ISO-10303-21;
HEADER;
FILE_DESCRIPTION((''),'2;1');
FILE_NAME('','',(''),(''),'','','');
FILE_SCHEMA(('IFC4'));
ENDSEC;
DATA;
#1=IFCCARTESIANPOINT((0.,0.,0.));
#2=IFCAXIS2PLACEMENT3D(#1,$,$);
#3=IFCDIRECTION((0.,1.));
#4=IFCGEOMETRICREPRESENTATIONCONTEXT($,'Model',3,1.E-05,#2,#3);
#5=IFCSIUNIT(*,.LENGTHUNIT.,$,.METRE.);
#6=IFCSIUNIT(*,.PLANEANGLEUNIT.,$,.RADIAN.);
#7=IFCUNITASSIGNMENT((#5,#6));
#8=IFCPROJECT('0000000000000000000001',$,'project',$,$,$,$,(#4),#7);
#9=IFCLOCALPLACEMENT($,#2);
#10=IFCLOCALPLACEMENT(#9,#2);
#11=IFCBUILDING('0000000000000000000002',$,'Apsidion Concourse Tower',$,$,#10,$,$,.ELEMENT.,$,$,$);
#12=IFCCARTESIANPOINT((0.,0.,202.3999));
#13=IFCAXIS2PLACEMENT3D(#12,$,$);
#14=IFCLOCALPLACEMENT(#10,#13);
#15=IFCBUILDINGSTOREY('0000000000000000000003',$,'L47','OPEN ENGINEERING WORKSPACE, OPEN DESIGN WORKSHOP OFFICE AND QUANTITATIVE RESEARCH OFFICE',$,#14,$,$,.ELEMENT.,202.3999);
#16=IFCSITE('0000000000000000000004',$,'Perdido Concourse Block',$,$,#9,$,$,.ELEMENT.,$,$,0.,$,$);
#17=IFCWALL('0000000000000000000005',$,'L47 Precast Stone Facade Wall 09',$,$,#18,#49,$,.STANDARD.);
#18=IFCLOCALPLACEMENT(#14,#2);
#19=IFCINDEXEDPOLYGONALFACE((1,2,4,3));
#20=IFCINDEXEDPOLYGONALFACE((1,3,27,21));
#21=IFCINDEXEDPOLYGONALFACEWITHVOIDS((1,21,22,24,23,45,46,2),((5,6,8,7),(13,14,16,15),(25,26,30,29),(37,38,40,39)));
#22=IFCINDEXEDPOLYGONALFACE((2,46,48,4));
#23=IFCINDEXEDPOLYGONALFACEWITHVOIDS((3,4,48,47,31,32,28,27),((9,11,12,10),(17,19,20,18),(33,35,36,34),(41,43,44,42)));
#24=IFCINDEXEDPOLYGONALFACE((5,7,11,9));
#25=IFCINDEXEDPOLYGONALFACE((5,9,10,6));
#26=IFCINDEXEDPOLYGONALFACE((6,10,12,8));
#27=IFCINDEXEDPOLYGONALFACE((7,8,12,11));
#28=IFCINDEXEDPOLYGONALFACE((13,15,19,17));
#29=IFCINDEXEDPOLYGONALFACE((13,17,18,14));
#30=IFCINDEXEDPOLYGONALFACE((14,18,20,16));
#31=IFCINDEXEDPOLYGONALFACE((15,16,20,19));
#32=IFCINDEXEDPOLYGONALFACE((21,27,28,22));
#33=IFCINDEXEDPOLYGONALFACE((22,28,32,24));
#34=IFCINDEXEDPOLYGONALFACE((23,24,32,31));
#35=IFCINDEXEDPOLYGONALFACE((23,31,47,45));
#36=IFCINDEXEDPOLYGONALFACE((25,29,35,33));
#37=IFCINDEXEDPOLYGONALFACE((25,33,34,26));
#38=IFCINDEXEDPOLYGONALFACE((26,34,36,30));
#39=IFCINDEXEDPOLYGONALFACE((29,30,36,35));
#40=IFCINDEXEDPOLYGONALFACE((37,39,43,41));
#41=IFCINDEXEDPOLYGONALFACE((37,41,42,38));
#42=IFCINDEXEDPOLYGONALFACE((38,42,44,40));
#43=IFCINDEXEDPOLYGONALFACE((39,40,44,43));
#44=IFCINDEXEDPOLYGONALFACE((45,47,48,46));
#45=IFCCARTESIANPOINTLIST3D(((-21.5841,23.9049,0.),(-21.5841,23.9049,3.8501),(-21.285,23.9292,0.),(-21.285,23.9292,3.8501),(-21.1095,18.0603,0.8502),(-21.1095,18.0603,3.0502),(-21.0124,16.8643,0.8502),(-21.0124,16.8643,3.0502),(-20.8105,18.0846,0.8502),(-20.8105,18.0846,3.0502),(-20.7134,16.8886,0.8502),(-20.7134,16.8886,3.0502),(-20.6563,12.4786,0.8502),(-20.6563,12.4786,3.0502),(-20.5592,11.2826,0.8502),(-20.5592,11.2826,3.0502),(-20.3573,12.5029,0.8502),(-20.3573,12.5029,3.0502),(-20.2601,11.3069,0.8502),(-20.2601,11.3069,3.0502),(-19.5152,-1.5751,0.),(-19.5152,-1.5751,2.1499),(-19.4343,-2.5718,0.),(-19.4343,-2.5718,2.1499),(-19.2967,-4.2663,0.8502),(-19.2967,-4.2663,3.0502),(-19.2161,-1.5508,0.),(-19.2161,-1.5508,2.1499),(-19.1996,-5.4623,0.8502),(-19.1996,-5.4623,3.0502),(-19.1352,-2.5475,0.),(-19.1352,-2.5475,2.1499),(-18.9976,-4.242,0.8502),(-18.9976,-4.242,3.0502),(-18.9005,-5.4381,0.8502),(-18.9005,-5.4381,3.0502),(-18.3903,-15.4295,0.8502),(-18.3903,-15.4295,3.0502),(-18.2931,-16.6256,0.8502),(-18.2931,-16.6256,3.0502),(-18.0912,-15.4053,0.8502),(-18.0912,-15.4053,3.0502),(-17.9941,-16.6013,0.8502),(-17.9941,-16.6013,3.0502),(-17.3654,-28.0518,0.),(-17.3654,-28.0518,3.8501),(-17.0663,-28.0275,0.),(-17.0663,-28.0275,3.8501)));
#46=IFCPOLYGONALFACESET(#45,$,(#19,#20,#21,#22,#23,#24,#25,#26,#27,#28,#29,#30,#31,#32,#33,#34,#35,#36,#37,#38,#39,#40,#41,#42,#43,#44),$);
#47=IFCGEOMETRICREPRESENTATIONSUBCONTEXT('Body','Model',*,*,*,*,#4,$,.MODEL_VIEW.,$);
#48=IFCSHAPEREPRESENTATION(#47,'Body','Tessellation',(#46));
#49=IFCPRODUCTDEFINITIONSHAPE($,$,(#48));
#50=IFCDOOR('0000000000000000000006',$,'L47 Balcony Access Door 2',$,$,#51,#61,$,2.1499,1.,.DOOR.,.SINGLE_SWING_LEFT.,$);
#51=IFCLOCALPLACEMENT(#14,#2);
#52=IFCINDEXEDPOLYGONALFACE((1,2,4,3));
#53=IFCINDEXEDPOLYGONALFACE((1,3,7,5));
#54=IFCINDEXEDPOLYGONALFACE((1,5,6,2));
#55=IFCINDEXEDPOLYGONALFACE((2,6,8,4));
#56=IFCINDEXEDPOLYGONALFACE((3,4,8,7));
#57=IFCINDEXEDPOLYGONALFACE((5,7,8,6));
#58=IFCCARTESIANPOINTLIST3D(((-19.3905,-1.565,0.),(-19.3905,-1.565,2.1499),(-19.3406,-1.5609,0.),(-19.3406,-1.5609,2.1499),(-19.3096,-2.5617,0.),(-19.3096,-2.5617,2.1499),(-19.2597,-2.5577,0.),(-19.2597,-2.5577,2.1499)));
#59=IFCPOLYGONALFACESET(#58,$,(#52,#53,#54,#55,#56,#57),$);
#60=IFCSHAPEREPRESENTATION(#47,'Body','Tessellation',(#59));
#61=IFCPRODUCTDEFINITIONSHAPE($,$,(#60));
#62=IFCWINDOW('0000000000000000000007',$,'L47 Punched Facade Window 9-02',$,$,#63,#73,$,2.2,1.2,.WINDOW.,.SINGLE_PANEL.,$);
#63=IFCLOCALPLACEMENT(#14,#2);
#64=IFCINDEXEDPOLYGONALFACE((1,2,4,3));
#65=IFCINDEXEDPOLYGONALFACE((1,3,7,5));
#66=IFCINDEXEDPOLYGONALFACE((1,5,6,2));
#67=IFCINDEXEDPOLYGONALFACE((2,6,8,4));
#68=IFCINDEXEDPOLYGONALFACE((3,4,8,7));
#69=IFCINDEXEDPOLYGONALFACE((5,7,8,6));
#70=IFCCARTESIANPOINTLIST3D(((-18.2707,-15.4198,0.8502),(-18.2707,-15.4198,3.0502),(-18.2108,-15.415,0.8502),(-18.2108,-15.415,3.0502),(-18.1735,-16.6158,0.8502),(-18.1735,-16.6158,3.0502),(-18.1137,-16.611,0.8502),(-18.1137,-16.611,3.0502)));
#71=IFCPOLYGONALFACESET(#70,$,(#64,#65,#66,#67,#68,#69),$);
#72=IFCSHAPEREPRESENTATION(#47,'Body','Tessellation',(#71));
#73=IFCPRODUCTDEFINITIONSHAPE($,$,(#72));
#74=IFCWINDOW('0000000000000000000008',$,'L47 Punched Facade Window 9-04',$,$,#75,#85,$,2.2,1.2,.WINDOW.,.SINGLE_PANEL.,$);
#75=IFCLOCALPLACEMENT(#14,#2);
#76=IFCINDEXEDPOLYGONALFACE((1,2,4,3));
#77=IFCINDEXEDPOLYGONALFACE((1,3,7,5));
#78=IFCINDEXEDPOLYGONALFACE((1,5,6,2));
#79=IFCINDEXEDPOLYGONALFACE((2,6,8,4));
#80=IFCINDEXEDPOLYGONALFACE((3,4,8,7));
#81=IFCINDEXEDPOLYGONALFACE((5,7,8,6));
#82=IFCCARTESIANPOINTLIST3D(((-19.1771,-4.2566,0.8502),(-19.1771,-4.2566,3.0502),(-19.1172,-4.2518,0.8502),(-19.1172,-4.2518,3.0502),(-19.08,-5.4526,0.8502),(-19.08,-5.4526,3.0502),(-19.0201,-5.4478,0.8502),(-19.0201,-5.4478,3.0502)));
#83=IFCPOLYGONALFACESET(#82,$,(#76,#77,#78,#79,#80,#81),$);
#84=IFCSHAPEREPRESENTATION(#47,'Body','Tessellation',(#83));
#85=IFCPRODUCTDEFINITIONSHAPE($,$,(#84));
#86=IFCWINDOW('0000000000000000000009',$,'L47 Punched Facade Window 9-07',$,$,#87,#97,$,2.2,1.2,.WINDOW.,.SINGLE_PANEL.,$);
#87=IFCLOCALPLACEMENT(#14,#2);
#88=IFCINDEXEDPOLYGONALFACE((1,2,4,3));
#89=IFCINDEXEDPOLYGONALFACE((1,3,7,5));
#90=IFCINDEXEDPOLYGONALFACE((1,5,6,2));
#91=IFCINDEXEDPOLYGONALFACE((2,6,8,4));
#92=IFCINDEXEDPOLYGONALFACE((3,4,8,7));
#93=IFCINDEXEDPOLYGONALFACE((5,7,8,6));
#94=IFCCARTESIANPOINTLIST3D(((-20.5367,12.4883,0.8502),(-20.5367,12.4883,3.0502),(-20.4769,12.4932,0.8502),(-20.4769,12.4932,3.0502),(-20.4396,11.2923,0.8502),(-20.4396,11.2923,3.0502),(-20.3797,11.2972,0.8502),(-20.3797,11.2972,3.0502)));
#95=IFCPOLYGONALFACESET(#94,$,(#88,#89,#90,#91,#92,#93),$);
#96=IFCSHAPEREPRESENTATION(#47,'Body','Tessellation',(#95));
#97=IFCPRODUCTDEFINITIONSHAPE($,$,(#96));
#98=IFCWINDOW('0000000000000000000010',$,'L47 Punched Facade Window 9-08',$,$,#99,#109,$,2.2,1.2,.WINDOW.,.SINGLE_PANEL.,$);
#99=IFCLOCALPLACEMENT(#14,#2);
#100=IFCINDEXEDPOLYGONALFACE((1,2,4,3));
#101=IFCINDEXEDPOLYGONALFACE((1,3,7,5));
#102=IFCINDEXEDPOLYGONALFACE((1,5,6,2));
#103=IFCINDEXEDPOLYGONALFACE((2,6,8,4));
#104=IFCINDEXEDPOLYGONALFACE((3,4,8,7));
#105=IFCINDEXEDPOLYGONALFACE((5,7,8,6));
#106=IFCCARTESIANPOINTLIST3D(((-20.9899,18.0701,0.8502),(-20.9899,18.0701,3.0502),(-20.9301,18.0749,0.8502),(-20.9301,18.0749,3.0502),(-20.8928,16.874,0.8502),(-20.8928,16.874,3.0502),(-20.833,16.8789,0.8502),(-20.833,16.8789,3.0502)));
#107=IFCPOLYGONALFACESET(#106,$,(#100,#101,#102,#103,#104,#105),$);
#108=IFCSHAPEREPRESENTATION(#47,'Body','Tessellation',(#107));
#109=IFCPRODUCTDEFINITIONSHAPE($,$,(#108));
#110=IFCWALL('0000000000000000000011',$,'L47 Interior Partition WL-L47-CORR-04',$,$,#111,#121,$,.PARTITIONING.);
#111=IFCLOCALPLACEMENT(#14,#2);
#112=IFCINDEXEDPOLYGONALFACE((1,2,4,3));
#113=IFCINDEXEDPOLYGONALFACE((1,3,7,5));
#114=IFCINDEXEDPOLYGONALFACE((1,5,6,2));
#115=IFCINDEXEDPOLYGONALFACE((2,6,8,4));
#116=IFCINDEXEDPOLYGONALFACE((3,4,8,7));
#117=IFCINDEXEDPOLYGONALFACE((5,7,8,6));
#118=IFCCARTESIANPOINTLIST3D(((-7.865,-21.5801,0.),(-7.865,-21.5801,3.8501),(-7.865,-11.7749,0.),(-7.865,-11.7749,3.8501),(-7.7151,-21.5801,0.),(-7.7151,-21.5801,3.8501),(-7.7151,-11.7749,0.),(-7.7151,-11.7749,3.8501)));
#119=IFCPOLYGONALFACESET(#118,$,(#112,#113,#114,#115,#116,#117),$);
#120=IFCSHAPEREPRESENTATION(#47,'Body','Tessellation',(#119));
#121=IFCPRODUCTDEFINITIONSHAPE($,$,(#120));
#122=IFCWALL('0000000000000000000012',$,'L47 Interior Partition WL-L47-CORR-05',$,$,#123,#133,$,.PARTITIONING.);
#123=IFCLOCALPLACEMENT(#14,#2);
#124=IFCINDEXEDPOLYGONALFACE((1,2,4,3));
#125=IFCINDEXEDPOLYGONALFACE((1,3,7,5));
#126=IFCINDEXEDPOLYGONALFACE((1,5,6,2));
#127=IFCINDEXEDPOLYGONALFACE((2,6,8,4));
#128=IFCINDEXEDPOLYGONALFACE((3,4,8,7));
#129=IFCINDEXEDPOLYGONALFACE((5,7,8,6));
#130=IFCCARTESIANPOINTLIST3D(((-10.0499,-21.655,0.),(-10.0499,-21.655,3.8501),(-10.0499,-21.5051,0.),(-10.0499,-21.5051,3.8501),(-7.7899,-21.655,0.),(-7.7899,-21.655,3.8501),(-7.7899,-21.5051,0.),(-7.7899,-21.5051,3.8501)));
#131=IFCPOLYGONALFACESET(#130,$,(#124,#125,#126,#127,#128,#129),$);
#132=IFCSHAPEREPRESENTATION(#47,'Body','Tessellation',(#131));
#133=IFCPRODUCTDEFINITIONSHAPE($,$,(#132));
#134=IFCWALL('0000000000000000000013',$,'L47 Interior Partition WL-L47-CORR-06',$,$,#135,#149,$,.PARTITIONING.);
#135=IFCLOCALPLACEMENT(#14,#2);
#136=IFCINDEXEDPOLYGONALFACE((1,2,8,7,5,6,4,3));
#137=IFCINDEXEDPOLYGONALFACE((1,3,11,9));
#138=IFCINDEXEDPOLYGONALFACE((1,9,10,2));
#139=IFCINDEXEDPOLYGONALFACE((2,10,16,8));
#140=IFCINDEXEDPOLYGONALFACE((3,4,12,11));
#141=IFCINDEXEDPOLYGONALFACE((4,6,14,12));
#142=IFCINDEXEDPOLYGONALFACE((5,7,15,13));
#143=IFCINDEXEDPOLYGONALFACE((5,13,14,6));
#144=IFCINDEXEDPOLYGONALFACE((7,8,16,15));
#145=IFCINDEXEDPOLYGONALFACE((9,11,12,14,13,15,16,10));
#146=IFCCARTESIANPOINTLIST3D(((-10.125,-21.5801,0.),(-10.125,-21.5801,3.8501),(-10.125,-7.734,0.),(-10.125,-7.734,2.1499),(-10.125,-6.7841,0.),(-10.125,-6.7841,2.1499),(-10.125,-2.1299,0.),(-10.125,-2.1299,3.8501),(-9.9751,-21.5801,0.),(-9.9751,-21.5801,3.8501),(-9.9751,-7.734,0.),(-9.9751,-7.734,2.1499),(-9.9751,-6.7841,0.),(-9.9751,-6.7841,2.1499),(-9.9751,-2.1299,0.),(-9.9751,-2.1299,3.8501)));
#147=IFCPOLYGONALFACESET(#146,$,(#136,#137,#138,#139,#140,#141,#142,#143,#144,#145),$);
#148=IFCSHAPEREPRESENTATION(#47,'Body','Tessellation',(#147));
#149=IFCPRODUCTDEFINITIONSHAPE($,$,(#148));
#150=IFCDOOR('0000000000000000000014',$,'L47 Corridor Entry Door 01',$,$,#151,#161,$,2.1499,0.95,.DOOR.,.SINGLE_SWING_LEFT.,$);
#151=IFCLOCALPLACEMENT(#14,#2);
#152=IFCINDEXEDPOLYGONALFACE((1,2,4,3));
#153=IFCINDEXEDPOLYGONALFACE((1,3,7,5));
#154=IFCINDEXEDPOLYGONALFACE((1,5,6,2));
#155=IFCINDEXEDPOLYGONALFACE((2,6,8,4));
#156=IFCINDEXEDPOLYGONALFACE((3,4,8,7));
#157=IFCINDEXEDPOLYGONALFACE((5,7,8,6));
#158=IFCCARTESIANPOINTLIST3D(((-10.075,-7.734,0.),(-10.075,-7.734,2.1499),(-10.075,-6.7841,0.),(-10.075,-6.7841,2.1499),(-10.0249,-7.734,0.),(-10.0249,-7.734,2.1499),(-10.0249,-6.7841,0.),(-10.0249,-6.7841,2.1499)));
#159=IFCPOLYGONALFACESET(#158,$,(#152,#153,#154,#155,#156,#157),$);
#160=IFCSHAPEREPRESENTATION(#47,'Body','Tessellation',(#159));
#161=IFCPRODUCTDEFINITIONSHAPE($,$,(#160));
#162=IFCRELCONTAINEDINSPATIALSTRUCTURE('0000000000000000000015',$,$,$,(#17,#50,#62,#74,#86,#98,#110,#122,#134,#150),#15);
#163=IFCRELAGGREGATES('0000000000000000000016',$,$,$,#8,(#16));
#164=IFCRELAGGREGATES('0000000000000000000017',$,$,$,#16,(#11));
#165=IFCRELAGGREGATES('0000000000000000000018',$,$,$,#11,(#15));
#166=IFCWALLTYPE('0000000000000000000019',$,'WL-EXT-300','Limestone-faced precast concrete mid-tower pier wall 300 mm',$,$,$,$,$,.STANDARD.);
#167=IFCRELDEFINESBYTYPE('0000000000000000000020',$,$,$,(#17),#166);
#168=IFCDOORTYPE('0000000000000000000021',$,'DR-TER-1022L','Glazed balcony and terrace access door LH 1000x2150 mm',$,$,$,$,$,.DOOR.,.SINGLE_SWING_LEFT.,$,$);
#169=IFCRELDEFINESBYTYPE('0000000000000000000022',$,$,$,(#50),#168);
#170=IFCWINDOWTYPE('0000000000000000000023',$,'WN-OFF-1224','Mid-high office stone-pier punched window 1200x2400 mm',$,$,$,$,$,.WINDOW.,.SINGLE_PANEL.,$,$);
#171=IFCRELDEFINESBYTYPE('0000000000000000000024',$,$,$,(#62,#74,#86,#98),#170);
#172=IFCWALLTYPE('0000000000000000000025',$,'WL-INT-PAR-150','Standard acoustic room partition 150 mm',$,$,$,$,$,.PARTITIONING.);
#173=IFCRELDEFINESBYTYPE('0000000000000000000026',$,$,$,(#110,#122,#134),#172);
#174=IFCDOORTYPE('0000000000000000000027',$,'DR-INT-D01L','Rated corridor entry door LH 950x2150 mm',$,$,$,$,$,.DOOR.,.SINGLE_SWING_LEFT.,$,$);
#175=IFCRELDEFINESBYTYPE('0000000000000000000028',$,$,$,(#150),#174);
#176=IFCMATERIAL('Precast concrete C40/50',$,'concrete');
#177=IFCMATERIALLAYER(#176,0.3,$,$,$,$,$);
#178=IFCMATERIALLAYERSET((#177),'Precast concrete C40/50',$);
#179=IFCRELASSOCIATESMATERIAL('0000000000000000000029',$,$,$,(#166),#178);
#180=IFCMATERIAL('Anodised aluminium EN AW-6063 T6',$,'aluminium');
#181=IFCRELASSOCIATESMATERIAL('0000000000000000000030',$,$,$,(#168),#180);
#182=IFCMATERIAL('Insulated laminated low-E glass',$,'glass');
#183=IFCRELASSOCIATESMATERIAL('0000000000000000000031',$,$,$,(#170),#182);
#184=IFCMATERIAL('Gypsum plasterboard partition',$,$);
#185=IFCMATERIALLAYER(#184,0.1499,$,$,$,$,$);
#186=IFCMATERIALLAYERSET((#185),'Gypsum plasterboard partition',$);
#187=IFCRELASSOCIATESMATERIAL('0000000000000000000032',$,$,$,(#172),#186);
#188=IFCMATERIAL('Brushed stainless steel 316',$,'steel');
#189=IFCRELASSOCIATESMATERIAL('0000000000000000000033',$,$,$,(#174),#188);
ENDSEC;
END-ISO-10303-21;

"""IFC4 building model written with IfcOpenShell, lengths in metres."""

from ifc_helpers import new_model, si_unit, direction, frame, frame_2d, origin, place, context, subcontext, project, spatial, rectangle, extrude, material, layer, layer_set, type_object, element, fill, save


model = new_model("IFC4")

# Units and contexts
model_context = context("Model", 3, precision=1e-05, world=origin(), true_north=direction((0.0, 1.0)))
body_context = subcontext(model_context, "Body", "Model", "MODEL_VIEW")
ifc_project = project(units=[si_unit("LENGTHUNIT", "METRE"), si_unit("PLANEANGLEUNIT", "RADIAN")], contexts=[model_context])

# Site, building, storey
site_placement = place(None, origin())
site = spatial("IfcSite", under=ifc_project, at=site_placement, Name="Perdido Concourse Block", CompositionType="ELEMENT", RefElevation=0.0)
building_placement = place(site_placement, origin())
building = spatial("IfcBuilding", under=site, at=building_placement, Name="Apsidion Concourse Tower", CompositionType="ELEMENT")
storey_placement = place(building_placement, frame((0.0, 0.0, 202.3999)))
storey = spatial("IfcBuildingStorey", under=building, at=storey_placement, Name="L47", Description="OPEN ENGINEERING WORKSPACE, OPEN DESIGN WORKSHOP OFFICE AND QUANTITATIVE RESEARCH OFFICE", CompositionType="ELEMENT", Elevation=202.3999)

# Shared definitions
ifc_material_1 = material(Name="Precast concrete C40/50", Category="concrete")
ifc_layer_1 = layer(ifc_material_1, 0.3)
ifc_layer_set_1 = layer_set([ifc_layer_1], Name="Precast concrete C40/50")
wall_type_1 = type_object("IfcWallType", Name="WL-EXT-300", Description="Limestone-faced precast concrete mid-tower pier wall 300 mm", PredefinedType="STANDARD", material=ifc_layer_set_1)

# Wall, openings, door, windows
wall_1_placement = place(storey_placement, frame((-17.2158, -28.0398, 0.0), z_axis=(0.0, 0.0, 1.0), x_axis=(-0.080931, 0.99672, 0.0)))
wall_1 = element("IfcWall", 1, at=wall_1_placement, inside=storey, type_object=wall_type_1, Name="L47 Precast Stone Facade Wall 09", PredefinedType="STANDARD", context=body_context, shape_type="SweptSolid", body=[
    extrude(rectangle(XDim=52.1277, YDim=0.3, at=frame_2d((26.064, 0.0))), origin(), (0.0, 0.0, 1.0), 3.8501),
])
opening_1_placement = place(wall_1_placement, frame((25.564, 0.0, 0.0)))
opening_1 = element("IfcOpeningElement", 2, at=opening_1_placement, cuts=wall_1, PredefinedType="OPENING", context=body_context, shape_type="SweptSolid", body=[
    extrude(rectangle(XDim=1.0, YDim=2.1499, at=frame_2d((0.5, 1.075))), frame((0.0, 0.1602, 0.0), z_axis=(0.0, -1.0, 0.0), x_axis=(1.0, 0.0, 0.0)), (0.0, 0.0, 1.0), 0.3201),
])
opening_2_placement = place(wall_1_placement, frame((11.4639, 0.0, 0.8501)))
opening_2 = element("IfcOpeningElement", 3, at=opening_2_placement, cuts=wall_1, PredefinedType="OPENING", context=body_context, shape_type="SweptSolid", body=[
    extrude(rectangle(XDim=1.2, YDim=2.2, at=frame_2d((0.6001, 1.1001))), frame((0.0, 0.1602, 0.0), z_axis=(0.0, -1.0, 0.0), x_axis=(1.0, 0.0, 0.0)), (0.0, 0.0, 1.0), 0.3201),
])
opening_3_placement = place(wall_1_placement, frame((22.6638, 0.0, 0.8501)))
opening_3 = element("IfcOpeningElement", 4, at=opening_3_placement, cuts=wall_1, PredefinedType="OPENING", context=body_context, shape_type="SweptSolid", body=[
    extrude(rectangle(XDim=1.2, YDim=2.2, at=frame_2d((0.6001, 1.1001))), frame((0.0, 0.1602, 0.0), z_axis=(0.0, -1.0, 0.0), x_axis=(1.0, 0.0, 0.0)), (0.0, 0.0, 1.0), 0.3201),
])
opening_4_placement = place(wall_1_placement, frame((39.4639, 0.0, 0.8501)))
opening_4 = element("IfcOpeningElement", 5, at=opening_4_placement, cuts=wall_1, PredefinedType="OPENING", context=body_context, shape_type="SweptSolid", body=[
    extrude(rectangle(XDim=1.2, YDim=2.2, at=frame_2d((0.6001, 1.1001))), frame((0.0, 0.1602, 0.0), z_axis=(0.0, -1.0, 0.0), x_axis=(1.0, 0.0, 0.0)), (0.0, 0.0, 1.0), 0.3201),
])
opening_5_placement = place(wall_1_placement, frame((45.064, 0.0, 0.8501)))
opening_5 = element("IfcOpeningElement", 6, at=opening_5_placement, cuts=wall_1, PredefinedType="OPENING", context=body_context, shape_type="SweptSolid", body=[
    extrude(rectangle(XDim=1.2, YDim=2.2, at=frame_2d((0.6001, 1.1001))), frame((0.0, 0.1602, 0.0), z_axis=(0.0, -1.0, 0.0), x_axis=(1.0, 0.0, 0.0)), (0.0, 0.0, 1.0), 0.3201),
])
ifc_material_2 = material(Name="Anodised aluminium EN AW-6063 T6", Category="aluminium")
door_type_1 = type_object("IfcDoorType", Name="DR-TER-1022L", Description="Glazed balcony and terrace access door LH 1000x2150 mm", OperationType="SINGLE_SWING_LEFT", PredefinedType="DOOR", material=ifc_material_2)
door_1_placement = place(opening_1_placement, origin())
door_1 = element("IfcDoor", 7, at=door_1_placement, inside=storey, type_object=door_type_1, Name="L47 Balcony Access Door 2", OperationType="SINGLE_SWING_LEFT", OverallHeight=2.1499, OverallWidth=1.0, PredefinedType="DOOR", context=body_context, shape_type="SweptSolid", body=[
    extrude(rectangle(XDim=1.0, YDim=2.1499, at=frame_2d((0.5, 1.075))), frame((0.0, 0.0249, 0.0), z_axis=(0.0, -1.0, 0.0), x_axis=(1.0, 0.0, 0.0)), (0.0, 0.0, 1.0), 0.05),
])
fill(opening_1, door_1)
ifc_material_3 = material(Name="Insulated laminated low-E glass", Category="glass")
window_type = type_object("IfcWindowType", Name="WN-OFF-1224", Description="Mid-high office stone-pier punched window 1200x2400 mm", PartitioningType="SINGLE_PANEL", PredefinedType="WINDOW", material=ifc_material_3)
window_1_placement = place(opening_2_placement, origin())
window_1 = element("IfcWindow", 8, at=window_1_placement, inside=storey, type_object=window_type, Name="L47 Punched Facade Window 9-02", OverallHeight=2.2, OverallWidth=1.2, PartitioningType="SINGLE_PANEL", PredefinedType="WINDOW", context=body_context, shape_type="SweptSolid", body=[
    extrude(rectangle(XDim=1.2, YDim=2.2, at=frame_2d((0.6001, 1.1001))), frame((0.0, 0.03, 0.0), z_axis=(0.0, -1.0, 0.0), x_axis=(1.0, 0.0, 0.0)), (0.0, 0.0, 1.0), 0.0601),
])
fill(opening_2, window_1)
window_2_placement = place(opening_3_placement, origin())
window_2 = element("IfcWindow", 9, at=window_2_placement, inside=storey, type_object=window_type, Name="L47 Punched Facade Window 9-04", OverallHeight=2.2, OverallWidth=1.2, PartitioningType="SINGLE_PANEL", PredefinedType="WINDOW", context=body_context, shape_type="SweptSolid", body=[
    extrude(rectangle(XDim=1.2, YDim=2.2, at=frame_2d((0.6001, 1.1001))), frame((0.0, 0.03, 0.0), z_axis=(0.0, -1.0, 0.0), x_axis=(1.0, 0.0, 0.0)), (0.0, 0.0, 1.0), 0.0601),
])
fill(opening_3, window_2)
window_3_placement = place(opening_4_placement, origin())
window_3 = element("IfcWindow", 10, at=window_3_placement, inside=storey, type_object=window_type, Name="L47 Punched Facade Window 9-07", OverallHeight=2.2, OverallWidth=1.2, PartitioningType="SINGLE_PANEL", PredefinedType="WINDOW", context=body_context, shape_type="SweptSolid", body=[
    extrude(rectangle(XDim=1.2, YDim=2.2, at=frame_2d((0.6001, 1.1001))), frame((0.0, 0.03, 0.0), z_axis=(0.0, -1.0, 0.0), x_axis=(1.0, 0.0, 0.0)), (0.0, 0.0, 1.0), 0.0601),
])
fill(opening_4, window_3)
window_4_placement = place(opening_5_placement, origin())
window_4 = element("IfcWindow", 11, at=window_4_placement, inside=storey, type_object=window_type, Name="L47 Punched Facade Window 9-08", OverallHeight=2.2, OverallWidth=1.2, PartitioningType="SINGLE_PANEL", PredefinedType="WINDOW", context=body_context, shape_type="SweptSolid", body=[
    extrude(rectangle(XDim=1.2, YDim=2.2, at=frame_2d((0.6001, 1.1001))), frame((0.0, 0.03, 0.0), z_axis=(0.0, -1.0, 0.0), x_axis=(1.0, 0.0, 0.0)), (0.0, 0.0, 1.0), 0.0601),
])
fill(opening_5, window_4)

# Walls
ifc_material_4 = material(Name="Gypsum plasterboard partition")
ifc_layer_2 = layer(ifc_material_4, 0.1499)
ifc_layer_set_2 = layer_set([ifc_layer_2], Name="Gypsum plasterboard partition")
wall_type_2 = type_object("IfcWallType", Name="WL-INT-PAR-150", Description="Standard acoustic room partition 150 mm", PredefinedType="PARTITIONING", material=ifc_layer_set_2)
wall_2_placement = place(storey_placement, frame((-7.79, -11.7749, 0.0), z_axis=(0.0, 0.0, 1.0), x_axis=(0.0, -1.0, 0.0)))
element("IfcWall", 12, at=wall_2_placement, inside=storey, type_object=wall_type_2, Name="L47 Interior Partition WL-L47-CORR-04", PredefinedType="PARTITIONING", context=body_context, shape_type="SweptSolid", body=[
    extrude(rectangle(XDim=9.8052, YDim=0.1499, at=frame_2d((4.9026, 0.0))), origin(), (0.0, 0.0, 1.0), 3.8501),
])
wall_3_placement = place(storey_placement, frame((-7.79, -21.5801, 0.0), z_axis=(0.0, 0.0, 1.0), x_axis=(-1.0, 0.0, 0.0)))
element("IfcWall", 13, at=wall_3_placement, inside=storey, type_object=wall_type_2, Name="L47 Interior Partition WL-L47-CORR-05", PredefinedType="PARTITIONING", context=body_context, shape_type="SweptSolid", body=[
    extrude(rectangle(XDim=2.26, YDim=0.1499, at=frame_2d((1.1299, 0.0))), origin(), (0.0, 0.0, 1.0), 3.8501),
])

# Wall, opening, door
wall_4_placement = place(storey_placement, frame((-10.05, -21.5801, 0.0), z_axis=(0.0, 0.0, 1.0), x_axis=(0.0, 1.0, 0.0)))
wall_4 = element("IfcWall", 14, at=wall_4_placement, inside=storey, type_object=wall_type_2, Name="L47 Interior Partition WL-L47-CORR-06", PredefinedType="PARTITIONING", context=body_context, shape_type="SweptSolid", body=[
    extrude(rectangle(XDim=19.4502, YDim=0.1499, at=frame_2d((9.7251, 0.0))), origin(), (0.0, 0.0, 1.0), 3.8501),
])
opening_6_placement = place(wall_4_placement, frame((13.8459, 0.0, 0.0)))
opening_6 = element("IfcOpeningElement", 15, at=opening_6_placement, cuts=wall_4, PredefinedType="OPENING", context=body_context, shape_type="SweptSolid", body=[
    extrude(rectangle(XDim=0.95, YDim=2.1499, at=frame_2d((0.4751, 1.075))), frame((0.0, 0.085, 0.0), z_axis=(0.0, -1.0, 0.0), x_axis=(1.0, 0.0, 0.0)), (0.0, 0.0, 1.0), 0.1699),
])
ifc_material_5 = material(Name="Brushed stainless steel 316", Category="steel")
door_type_2 = type_object("IfcDoorType", Name="DR-INT-D01L", Description="Rated corridor entry door LH 950x2150 mm", OperationType="SINGLE_SWING_LEFT", PredefinedType="DOOR", material=ifc_material_5)
door_2_placement = place(opening_6_placement, origin())
door_2 = element("IfcDoor", 16, at=door_2_placement, inside=storey, type_object=door_type_2, Name="L47 Corridor Entry Door 01", OperationType="SINGLE_SWING_LEFT", OverallHeight=2.1499, OverallWidth=0.95, PredefinedType="DOOR", context=body_context, shape_type="SweptSolid", body=[
    extrude(rectangle(XDim=0.95, YDim=2.1499, at=frame_2d((0.4751, 1.075))), frame((0.0, 0.0249, 0.0), z_axis=(0.0, -1.0, 0.0), x_axis=(1.0, 0.0, 0.0)), (0.0, 0.0, 1.0), 0.05),
])
fill(opening_6, door_2)

save(model, "model.ifc")
